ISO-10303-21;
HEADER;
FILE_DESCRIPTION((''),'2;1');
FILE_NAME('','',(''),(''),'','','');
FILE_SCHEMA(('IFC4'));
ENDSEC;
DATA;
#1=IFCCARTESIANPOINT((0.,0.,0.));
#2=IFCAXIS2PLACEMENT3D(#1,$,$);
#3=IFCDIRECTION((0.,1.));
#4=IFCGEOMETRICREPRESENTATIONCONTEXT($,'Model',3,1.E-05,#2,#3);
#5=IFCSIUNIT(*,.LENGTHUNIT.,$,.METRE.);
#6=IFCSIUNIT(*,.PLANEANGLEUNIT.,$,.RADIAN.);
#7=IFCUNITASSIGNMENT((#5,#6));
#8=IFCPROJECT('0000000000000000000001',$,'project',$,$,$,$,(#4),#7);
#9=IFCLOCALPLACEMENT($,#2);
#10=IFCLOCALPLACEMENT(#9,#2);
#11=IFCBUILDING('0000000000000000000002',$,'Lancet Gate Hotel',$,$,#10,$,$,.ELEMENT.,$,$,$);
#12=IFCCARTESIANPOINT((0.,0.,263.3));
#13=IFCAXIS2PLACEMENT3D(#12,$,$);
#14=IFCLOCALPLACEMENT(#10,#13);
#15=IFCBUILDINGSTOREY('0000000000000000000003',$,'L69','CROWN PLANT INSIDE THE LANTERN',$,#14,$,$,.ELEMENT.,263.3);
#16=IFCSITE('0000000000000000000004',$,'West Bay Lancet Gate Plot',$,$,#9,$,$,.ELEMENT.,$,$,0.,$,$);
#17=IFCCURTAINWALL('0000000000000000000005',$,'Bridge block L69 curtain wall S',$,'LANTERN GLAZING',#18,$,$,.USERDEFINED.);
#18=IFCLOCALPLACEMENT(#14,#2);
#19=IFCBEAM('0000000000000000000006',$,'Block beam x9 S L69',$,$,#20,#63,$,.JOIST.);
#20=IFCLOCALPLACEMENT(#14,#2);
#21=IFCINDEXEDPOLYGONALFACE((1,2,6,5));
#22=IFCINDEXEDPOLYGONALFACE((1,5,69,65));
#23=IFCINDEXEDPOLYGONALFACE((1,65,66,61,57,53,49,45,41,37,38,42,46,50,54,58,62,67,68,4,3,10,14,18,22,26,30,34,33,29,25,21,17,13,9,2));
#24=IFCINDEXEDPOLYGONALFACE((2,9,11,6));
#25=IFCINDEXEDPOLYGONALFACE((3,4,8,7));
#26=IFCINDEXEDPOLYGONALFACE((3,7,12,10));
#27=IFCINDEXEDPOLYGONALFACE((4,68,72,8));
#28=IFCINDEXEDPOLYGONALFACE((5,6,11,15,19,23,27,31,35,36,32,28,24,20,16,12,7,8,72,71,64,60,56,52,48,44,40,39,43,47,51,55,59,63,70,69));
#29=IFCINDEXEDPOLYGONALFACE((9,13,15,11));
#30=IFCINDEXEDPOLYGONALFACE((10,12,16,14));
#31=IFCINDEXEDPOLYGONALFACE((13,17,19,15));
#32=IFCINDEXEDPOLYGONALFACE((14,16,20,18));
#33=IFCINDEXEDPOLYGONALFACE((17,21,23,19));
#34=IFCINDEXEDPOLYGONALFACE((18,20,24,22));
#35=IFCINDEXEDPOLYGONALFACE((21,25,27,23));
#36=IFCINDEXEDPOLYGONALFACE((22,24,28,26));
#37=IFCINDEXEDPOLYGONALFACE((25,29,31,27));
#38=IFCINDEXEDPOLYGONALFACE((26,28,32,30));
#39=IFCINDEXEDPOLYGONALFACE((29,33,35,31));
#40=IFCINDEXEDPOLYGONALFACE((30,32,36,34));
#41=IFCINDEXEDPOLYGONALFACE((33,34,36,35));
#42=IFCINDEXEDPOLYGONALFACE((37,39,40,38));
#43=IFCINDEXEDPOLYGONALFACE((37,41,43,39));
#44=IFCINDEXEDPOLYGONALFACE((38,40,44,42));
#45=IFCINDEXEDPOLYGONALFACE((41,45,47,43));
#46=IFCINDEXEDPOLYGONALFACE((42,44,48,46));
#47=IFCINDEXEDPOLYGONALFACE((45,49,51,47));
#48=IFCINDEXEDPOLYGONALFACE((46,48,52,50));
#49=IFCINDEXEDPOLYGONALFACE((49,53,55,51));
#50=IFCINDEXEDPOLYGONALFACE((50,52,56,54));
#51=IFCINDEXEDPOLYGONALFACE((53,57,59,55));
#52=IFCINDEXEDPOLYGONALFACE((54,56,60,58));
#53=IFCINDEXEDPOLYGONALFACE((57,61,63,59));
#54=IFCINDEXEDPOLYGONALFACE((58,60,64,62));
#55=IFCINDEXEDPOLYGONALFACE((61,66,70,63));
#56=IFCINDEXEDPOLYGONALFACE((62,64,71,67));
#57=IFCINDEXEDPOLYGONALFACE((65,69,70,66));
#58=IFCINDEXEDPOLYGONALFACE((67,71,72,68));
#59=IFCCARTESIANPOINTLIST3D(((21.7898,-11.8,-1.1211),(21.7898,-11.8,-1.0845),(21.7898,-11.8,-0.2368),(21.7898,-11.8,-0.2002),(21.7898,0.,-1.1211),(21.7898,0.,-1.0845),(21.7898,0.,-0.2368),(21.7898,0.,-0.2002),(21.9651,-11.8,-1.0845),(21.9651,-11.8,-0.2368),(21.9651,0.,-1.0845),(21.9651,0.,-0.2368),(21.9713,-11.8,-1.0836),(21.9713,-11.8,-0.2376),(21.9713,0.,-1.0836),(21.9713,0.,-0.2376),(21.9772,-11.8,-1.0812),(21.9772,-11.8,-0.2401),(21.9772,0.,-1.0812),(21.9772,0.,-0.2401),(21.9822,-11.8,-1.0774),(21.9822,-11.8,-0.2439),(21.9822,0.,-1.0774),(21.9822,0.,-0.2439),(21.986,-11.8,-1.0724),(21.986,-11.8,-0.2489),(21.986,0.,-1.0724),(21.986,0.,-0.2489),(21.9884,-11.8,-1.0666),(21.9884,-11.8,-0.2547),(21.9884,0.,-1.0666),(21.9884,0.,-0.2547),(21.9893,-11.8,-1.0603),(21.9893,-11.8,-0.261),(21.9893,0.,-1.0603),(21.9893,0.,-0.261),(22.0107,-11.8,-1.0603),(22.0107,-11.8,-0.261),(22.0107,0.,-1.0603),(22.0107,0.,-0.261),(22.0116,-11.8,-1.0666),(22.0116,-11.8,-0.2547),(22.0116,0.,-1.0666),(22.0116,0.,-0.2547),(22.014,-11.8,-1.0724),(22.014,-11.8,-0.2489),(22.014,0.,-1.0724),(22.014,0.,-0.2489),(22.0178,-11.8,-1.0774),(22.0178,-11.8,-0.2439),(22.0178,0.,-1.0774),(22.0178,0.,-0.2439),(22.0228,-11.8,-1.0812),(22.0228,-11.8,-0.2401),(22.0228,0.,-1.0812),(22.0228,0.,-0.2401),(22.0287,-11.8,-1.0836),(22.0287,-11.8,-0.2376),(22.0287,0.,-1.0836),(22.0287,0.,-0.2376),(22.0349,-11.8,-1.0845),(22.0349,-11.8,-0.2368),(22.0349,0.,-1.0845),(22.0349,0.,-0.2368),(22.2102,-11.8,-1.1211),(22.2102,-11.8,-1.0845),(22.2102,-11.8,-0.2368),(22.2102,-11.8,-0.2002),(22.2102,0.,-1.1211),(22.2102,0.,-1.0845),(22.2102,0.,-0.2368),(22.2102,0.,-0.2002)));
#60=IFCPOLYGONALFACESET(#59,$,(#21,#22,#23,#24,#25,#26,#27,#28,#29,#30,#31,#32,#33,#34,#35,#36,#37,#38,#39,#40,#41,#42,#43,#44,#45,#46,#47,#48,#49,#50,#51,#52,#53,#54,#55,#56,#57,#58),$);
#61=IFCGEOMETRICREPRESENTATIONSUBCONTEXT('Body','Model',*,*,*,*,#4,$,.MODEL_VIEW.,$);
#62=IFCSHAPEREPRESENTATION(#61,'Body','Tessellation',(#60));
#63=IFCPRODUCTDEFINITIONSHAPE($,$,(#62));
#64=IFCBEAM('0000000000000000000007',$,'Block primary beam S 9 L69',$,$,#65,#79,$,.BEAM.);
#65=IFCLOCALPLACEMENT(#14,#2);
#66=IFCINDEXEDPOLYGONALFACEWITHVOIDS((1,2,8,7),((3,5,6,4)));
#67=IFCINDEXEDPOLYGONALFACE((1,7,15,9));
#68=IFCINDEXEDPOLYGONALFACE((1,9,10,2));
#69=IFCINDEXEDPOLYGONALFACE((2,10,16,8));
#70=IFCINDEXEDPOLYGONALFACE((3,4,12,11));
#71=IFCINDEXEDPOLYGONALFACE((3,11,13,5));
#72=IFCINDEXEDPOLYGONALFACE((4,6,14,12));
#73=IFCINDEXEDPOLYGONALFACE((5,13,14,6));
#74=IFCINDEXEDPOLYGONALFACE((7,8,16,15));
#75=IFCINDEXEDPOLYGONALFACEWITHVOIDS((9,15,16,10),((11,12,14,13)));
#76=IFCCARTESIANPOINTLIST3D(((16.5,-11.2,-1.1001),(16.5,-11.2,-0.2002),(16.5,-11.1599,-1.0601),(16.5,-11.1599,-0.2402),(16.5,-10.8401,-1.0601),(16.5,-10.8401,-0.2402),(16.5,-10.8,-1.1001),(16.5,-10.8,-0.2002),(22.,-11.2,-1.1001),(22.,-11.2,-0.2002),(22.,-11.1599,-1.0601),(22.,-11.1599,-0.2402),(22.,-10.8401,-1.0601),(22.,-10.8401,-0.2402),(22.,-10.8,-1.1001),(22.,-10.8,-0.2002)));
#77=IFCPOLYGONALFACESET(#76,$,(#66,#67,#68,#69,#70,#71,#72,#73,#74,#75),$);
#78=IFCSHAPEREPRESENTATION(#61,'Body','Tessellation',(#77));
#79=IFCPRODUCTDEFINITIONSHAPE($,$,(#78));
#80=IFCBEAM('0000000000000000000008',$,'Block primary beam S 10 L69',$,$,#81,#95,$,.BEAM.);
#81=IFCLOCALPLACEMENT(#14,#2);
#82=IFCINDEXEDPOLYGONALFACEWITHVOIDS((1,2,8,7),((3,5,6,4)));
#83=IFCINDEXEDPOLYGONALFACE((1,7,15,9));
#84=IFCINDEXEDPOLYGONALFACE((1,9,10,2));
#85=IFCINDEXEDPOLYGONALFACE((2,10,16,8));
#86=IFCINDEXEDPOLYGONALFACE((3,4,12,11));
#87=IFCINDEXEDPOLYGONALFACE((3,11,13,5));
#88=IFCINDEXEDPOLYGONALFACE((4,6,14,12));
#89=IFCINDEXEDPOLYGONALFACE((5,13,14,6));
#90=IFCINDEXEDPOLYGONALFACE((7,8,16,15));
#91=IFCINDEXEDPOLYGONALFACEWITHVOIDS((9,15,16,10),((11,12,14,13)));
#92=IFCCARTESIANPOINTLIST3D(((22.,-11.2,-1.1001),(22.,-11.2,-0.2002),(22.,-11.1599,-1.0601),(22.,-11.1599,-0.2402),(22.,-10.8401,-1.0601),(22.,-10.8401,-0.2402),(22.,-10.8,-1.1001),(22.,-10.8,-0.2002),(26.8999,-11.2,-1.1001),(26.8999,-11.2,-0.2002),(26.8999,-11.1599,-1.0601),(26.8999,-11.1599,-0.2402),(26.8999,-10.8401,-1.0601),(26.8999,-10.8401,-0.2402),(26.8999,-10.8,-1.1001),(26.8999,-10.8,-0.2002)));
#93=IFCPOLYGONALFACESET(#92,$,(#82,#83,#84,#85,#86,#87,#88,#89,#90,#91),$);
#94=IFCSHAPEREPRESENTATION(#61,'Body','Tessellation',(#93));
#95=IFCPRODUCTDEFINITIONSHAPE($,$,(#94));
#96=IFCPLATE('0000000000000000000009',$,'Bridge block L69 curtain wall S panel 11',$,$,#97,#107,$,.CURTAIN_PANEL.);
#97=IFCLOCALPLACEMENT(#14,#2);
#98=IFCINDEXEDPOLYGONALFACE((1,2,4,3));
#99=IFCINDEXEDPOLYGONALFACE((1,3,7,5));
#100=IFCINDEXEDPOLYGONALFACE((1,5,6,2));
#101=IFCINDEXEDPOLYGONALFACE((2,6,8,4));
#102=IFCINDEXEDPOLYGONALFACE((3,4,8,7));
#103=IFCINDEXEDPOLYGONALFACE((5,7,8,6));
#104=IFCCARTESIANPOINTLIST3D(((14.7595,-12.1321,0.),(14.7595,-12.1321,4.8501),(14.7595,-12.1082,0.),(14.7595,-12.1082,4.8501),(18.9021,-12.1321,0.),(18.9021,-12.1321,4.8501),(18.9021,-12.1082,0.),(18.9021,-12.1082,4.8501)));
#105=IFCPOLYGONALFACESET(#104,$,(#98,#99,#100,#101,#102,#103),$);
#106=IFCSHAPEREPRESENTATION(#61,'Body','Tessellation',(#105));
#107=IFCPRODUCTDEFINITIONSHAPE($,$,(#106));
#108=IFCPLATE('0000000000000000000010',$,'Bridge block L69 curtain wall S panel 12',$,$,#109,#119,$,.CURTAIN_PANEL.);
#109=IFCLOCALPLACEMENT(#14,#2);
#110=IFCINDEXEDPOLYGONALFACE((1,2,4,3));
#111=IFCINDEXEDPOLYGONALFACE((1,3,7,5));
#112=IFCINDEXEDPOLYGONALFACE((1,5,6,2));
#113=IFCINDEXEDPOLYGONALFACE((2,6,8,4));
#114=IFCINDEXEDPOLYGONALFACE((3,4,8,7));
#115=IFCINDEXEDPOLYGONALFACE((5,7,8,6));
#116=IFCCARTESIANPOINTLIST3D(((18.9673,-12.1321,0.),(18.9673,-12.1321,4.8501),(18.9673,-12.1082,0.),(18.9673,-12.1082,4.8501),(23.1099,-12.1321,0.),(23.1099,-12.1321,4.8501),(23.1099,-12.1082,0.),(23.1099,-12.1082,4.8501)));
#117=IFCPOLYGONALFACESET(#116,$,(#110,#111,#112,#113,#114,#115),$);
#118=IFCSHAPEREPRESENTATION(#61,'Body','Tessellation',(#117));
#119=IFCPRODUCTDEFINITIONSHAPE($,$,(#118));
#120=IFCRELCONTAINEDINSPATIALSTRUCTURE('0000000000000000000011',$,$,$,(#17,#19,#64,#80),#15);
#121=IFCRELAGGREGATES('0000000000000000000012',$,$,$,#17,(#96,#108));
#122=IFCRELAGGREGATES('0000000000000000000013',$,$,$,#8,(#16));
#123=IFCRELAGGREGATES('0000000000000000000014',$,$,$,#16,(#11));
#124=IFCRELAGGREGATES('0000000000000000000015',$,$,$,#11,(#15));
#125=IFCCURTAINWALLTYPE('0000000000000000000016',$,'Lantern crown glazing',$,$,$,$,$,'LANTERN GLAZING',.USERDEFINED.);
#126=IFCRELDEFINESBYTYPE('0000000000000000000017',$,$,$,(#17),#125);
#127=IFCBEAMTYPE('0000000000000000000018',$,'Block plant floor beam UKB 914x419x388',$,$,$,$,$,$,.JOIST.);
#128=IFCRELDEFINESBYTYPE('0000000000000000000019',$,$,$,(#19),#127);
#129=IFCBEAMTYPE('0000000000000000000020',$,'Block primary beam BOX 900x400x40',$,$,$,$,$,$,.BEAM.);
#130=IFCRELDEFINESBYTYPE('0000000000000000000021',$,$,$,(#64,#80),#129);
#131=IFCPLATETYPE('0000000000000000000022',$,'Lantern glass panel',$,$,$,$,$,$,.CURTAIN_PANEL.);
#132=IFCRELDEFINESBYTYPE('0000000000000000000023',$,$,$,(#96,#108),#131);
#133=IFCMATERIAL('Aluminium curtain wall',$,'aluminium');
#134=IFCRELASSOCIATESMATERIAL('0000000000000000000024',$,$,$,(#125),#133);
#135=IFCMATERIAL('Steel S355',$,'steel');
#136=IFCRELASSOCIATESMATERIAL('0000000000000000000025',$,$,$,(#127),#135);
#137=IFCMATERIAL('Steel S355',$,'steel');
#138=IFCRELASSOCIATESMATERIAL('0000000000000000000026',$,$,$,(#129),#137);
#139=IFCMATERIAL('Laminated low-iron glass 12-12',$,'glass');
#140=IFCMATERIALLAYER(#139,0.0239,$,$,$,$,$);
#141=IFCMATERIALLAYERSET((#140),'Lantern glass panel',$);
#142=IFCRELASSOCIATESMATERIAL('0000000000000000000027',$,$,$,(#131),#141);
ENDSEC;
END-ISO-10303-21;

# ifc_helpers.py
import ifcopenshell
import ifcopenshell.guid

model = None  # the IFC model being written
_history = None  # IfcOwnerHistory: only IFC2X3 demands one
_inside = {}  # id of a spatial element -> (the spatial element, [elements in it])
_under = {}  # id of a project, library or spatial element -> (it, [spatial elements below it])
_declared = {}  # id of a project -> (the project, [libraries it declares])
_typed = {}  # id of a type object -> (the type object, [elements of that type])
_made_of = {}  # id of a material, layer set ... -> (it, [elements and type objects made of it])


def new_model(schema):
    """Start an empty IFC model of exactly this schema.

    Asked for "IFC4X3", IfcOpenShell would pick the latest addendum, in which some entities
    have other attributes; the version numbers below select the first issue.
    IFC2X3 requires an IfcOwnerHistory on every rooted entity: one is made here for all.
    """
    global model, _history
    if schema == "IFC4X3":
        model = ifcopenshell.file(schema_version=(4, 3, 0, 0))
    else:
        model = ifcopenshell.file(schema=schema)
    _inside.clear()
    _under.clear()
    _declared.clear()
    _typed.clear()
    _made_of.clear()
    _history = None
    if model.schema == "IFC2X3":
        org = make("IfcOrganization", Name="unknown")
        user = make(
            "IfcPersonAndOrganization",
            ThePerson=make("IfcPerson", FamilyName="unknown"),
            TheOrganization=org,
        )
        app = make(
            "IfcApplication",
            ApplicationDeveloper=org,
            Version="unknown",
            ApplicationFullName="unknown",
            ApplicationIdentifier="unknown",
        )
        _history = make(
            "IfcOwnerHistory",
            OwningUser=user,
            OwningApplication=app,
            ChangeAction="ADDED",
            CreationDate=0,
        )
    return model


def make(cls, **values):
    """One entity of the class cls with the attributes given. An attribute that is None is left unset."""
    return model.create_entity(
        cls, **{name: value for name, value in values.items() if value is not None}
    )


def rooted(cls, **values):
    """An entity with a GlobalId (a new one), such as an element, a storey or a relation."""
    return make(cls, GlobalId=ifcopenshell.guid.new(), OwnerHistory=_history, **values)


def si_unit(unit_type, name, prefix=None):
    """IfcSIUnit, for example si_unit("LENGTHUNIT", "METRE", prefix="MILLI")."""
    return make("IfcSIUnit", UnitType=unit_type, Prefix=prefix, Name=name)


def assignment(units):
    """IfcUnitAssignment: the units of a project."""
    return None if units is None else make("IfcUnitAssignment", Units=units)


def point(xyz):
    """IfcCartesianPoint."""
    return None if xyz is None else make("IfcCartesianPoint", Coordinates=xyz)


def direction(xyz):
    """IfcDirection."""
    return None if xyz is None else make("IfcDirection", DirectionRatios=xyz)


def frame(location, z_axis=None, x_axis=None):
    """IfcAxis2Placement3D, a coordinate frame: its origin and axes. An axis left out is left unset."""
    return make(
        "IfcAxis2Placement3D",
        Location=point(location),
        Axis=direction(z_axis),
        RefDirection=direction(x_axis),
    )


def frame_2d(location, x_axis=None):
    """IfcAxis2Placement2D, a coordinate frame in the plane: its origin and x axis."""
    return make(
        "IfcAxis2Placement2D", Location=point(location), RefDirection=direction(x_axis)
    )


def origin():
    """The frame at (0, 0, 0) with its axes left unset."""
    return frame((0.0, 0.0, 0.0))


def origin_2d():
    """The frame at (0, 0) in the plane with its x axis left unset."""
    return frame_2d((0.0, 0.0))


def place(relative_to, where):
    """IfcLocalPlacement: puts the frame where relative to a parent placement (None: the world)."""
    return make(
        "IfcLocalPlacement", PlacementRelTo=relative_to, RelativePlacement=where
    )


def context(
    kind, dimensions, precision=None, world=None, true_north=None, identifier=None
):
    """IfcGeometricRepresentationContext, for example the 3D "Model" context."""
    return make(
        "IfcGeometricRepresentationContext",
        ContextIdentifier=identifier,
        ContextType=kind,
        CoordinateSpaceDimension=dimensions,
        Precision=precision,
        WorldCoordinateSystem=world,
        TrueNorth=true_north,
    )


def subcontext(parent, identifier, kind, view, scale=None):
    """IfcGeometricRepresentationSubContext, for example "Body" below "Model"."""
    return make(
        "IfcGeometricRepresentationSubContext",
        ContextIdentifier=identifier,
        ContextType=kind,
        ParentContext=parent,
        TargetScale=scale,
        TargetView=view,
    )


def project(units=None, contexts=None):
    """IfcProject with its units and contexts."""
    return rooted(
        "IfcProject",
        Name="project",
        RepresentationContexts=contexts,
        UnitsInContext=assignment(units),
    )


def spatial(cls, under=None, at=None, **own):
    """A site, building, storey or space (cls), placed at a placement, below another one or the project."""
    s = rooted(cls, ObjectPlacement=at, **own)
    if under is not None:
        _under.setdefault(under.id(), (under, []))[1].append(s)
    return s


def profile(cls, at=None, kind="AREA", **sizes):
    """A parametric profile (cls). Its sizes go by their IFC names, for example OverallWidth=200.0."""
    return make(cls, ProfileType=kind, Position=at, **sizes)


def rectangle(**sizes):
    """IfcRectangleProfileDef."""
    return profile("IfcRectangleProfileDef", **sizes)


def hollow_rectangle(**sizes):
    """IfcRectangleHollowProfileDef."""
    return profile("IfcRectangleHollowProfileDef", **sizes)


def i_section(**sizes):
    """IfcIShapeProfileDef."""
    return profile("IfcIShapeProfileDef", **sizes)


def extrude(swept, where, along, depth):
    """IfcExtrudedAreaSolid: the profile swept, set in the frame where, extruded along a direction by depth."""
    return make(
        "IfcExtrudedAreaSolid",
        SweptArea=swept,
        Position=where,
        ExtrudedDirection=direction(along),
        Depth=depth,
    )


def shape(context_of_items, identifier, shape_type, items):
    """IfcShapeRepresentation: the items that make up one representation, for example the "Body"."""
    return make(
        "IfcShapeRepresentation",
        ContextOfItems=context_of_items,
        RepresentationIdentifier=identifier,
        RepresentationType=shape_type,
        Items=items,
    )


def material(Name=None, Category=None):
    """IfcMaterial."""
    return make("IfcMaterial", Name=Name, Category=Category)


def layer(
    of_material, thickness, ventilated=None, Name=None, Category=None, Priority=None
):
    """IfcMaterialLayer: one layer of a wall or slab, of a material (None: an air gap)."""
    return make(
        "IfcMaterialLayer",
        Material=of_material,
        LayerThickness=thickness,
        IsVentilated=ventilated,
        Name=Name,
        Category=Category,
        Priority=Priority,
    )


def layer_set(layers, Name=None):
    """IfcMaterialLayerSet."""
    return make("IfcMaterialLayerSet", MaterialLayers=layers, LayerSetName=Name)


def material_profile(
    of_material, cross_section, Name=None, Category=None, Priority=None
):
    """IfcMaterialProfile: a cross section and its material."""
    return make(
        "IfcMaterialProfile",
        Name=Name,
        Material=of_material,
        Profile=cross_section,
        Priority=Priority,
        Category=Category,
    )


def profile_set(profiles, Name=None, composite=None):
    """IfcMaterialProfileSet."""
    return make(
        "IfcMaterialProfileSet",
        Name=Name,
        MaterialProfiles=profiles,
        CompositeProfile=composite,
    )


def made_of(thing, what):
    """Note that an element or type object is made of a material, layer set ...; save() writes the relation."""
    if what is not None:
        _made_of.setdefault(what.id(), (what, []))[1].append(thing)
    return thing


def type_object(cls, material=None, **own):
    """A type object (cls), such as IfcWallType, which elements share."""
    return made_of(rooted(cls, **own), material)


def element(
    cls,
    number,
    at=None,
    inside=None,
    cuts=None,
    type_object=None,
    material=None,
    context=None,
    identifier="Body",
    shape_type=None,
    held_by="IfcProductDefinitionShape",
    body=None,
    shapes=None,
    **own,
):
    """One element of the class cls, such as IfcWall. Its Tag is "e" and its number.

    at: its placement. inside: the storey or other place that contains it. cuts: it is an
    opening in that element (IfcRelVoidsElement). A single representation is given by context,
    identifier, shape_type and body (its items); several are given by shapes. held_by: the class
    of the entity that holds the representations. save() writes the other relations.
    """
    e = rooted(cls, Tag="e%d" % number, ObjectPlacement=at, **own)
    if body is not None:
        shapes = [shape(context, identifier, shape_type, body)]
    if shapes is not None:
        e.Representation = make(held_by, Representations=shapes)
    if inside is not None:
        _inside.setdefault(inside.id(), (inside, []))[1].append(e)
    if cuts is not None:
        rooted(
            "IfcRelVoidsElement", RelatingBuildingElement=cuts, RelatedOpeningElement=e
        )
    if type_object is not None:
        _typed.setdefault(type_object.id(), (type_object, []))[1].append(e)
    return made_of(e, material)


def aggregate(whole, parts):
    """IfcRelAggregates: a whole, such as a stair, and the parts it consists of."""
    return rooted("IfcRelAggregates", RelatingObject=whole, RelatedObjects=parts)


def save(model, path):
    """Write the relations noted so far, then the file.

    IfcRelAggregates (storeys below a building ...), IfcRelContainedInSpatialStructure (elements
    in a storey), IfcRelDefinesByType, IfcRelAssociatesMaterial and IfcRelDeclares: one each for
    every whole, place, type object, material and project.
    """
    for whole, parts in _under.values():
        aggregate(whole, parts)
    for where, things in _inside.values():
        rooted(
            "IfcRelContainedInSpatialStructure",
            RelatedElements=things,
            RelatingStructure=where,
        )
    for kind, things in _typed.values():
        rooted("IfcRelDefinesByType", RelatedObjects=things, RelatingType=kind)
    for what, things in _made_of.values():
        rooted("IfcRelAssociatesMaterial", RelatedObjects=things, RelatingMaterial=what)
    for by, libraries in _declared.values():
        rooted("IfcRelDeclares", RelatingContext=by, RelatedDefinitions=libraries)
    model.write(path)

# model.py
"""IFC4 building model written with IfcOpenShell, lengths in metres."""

from ifc_helpers import new_model, si_unit, direction, frame, origin, origin_2d, place, context, subcontext, project, spatial, rectangle, hollow_rectangle, i_section, extrude, material, layer, layer_set, material_profile, profile_set, type_object, element, aggregate, save


model = new_model("IFC4")

# Units and contexts
model_context = context("Model", 3, precision=1e-05, world=origin(), true_north=direction((0.0, 1.0)))
body_context = subcontext(model_context, "Body", "Model", "MODEL_VIEW")
ifc_project = project(units=[si_unit("LENGTHUNIT", "METRE"), si_unit("PLANEANGLEUNIT", "RADIAN")], contexts=[model_context])

# Site, building, storey
site_placement = place(None, origin())
site = spatial("IfcSite", under=ifc_project, at=site_placement, Name="West Bay Lancet Gate Plot", CompositionType="ELEMENT", RefElevation=0.0)
building_placement = place(site_placement, origin())
building = spatial("IfcBuilding", under=site, at=building_placement, Name="Lancet Gate Hotel", CompositionType="ELEMENT")
storey_placement = place(building_placement, frame((0.0, 0.0, 263.3)))
storey = spatial("IfcBuildingStorey", under=building, at=storey_placement, Name="L69", Description="CROWN PLANT INSIDE THE LANTERN", CompositionType="ELEMENT", Elevation=263.3)

# Curtain wall
ifc_material_1 = material(Name="Aluminium curtain wall", Category="aluminium")
curtain_wall_type = type_object("IfcCurtainWallType", Name="Lantern crown glazing", ElementType="LANTERN GLAZING", PredefinedType="USERDEFINED", material=ifc_material_1)
curtain_wall_placement = place(storey_placement, origin())
curtain_wall = element("IfcCurtainWall", 1, at=curtain_wall_placement, inside=storey, type_object=curtain_wall_type, Name="Bridge block L69 curtain wall S", ObjectType="LANTERN GLAZING", PredefinedType="USERDEFINED")

# Beams
ifc_material_2 = material(Name="Steel S355", Category="steel")
ifc_material_profile_1 = material_profile(ifc_material_2, i_section(OverallWidth=0.4204, OverallDepth=0.9209, WebThickness=0.0215, FlangeThickness=0.0366, FilletRadius=0.0242, at=origin_2d()), Name="UKB 914x419x388")
ifc_profile_set_1 = profile_set([ifc_material_profile_1], Name="Steel S355")
beam_type_1 = type_object("IfcBeamType", Name="Block plant floor beam UKB 914x419x388", PredefinedType="JOIST", material=ifc_profile_set_1)
for number, where, z_axis, x_axis, name in (
    (2, (22.0, -11.8, -0.6606), (0.0, 1.0, 0.0), (-1.0, 0.0, 0.0), "Block beam x9 S L69"),
):
    element("IfcBeam", number, at=place(storey_placement, frame(where, z_axis=z_axis, x_axis=x_axis)), inside=storey, type_object=beam_type_1, Name=name, PredefinedType="JOIST", context=body_context, shape_type="SweptSolid", body=[
        extrude(i_section(OverallWidth=0.4204, OverallDepth=0.9209, WebThickness=0.0215, FlangeThickness=0.0366, FilletRadius=0.0242, at=origin_2d()), origin(), (0.0, 0.0, 1.0), 11.8),
    ])
ifc_material_3 = material(Name="Steel S355", Category="steel")
ifc_material_profile_2 = material_profile(ifc_material_3, hollow_rectangle(XDim=0.3999, YDim=0.8999, WallThickness=0.04, at=origin_2d()), Name="BOX 900x400x40")
ifc_profile_set_2 = profile_set([ifc_material_profile_2], Name="Steel S355")
beam_type_2 = type_object("IfcBeamType", Name="Block primary beam BOX 900x400x40", PredefinedType="BEAM", material=ifc_profile_set_2)
beam_1_placement = place(storey_placement, frame((16.5, -11.0, -0.6501), z_axis=(1.0, 0.0, 0.0), x_axis=(0.0, 1.0, 0.0)))
element("IfcBeam", 3, at=beam_1_placement, inside=storey, type_object=beam_type_2, Name="Block primary beam S 9 L69", PredefinedType="BEAM", context=body_context, shape_type="SweptSolid", body=[
    extrude(hollow_rectangle(XDim=0.3999, YDim=0.8999, WallThickness=0.04, at=origin_2d()), origin(), (0.0, 0.0, 1.0), 5.5),
])
beam_2_placement = place(storey_placement, frame((22.0, -11.0, -0.6501), z_axis=(1.0, 0.0, 0.0), x_axis=(0.0, 1.0, 0.0)))
element("IfcBeam", 4, at=beam_2_placement, inside=storey, type_object=beam_type_2, Name="Block primary beam S 10 L69", PredefinedType="BEAM", context=body_context, shape_type="SweptSolid", body=[
    extrude(hollow_rectangle(XDim=0.3999, YDim=0.8999, WallThickness=0.04, at=origin_2d()), origin(), (0.0, 0.0, 1.0), 4.8999),
])

# Plates
ifc_material_4 = material(Name="Laminated low-iron glass 12-12", Category="glass")
ifc_layer = layer(ifc_material_4, 0.0239)
ifc_layer_set = layer_set([ifc_layer], Name="Lantern glass panel")
plate_type = type_object("IfcPlateType", Name="Lantern glass panel", PredefinedType="CURTAIN_PANEL", material=ifc_layer_set)
plate_1_placement = place(storey_placement, frame((16.8308, -12.1201, 0.0), z_axis=(0.0, 0.0, 1.0), x_axis=(1.0, 0.0, 0.0)))
plate_1 = element("IfcPlate", 5, at=plate_1_placement, type_object=plate_type, Name="Bridge block L69 curtain wall S panel 11", PredefinedType="CURTAIN_PANEL", context=body_context, shape_type="SweptSolid", body=[
    extrude(rectangle(XDim=4.1426, YDim=0.0239, at=origin_2d()), origin(), (0.0, 0.0, 1.0), 4.8501),
])
plate_2_placement = place(storey_placement, frame((21.0386, -12.1201, 0.0), z_axis=(0.0, 0.0, 1.0), x_axis=(1.0, 0.0, 0.0)))
plate_2 = element("IfcPlate", 6, at=plate_2_placement, type_object=plate_type, Name="Bridge block L69 curtain wall S panel 12", PredefinedType="CURTAIN_PANEL", context=body_context, shape_type="SweptSolid", body=[
    extrude(rectangle(XDim=4.1426, YDim=0.0239, at=origin_2d()), origin(), (0.0, 0.0, 1.0), 4.8501),
])
aggregate(curtain_wall, [plate_1, plate_2])

save(model, "model.ifc")
